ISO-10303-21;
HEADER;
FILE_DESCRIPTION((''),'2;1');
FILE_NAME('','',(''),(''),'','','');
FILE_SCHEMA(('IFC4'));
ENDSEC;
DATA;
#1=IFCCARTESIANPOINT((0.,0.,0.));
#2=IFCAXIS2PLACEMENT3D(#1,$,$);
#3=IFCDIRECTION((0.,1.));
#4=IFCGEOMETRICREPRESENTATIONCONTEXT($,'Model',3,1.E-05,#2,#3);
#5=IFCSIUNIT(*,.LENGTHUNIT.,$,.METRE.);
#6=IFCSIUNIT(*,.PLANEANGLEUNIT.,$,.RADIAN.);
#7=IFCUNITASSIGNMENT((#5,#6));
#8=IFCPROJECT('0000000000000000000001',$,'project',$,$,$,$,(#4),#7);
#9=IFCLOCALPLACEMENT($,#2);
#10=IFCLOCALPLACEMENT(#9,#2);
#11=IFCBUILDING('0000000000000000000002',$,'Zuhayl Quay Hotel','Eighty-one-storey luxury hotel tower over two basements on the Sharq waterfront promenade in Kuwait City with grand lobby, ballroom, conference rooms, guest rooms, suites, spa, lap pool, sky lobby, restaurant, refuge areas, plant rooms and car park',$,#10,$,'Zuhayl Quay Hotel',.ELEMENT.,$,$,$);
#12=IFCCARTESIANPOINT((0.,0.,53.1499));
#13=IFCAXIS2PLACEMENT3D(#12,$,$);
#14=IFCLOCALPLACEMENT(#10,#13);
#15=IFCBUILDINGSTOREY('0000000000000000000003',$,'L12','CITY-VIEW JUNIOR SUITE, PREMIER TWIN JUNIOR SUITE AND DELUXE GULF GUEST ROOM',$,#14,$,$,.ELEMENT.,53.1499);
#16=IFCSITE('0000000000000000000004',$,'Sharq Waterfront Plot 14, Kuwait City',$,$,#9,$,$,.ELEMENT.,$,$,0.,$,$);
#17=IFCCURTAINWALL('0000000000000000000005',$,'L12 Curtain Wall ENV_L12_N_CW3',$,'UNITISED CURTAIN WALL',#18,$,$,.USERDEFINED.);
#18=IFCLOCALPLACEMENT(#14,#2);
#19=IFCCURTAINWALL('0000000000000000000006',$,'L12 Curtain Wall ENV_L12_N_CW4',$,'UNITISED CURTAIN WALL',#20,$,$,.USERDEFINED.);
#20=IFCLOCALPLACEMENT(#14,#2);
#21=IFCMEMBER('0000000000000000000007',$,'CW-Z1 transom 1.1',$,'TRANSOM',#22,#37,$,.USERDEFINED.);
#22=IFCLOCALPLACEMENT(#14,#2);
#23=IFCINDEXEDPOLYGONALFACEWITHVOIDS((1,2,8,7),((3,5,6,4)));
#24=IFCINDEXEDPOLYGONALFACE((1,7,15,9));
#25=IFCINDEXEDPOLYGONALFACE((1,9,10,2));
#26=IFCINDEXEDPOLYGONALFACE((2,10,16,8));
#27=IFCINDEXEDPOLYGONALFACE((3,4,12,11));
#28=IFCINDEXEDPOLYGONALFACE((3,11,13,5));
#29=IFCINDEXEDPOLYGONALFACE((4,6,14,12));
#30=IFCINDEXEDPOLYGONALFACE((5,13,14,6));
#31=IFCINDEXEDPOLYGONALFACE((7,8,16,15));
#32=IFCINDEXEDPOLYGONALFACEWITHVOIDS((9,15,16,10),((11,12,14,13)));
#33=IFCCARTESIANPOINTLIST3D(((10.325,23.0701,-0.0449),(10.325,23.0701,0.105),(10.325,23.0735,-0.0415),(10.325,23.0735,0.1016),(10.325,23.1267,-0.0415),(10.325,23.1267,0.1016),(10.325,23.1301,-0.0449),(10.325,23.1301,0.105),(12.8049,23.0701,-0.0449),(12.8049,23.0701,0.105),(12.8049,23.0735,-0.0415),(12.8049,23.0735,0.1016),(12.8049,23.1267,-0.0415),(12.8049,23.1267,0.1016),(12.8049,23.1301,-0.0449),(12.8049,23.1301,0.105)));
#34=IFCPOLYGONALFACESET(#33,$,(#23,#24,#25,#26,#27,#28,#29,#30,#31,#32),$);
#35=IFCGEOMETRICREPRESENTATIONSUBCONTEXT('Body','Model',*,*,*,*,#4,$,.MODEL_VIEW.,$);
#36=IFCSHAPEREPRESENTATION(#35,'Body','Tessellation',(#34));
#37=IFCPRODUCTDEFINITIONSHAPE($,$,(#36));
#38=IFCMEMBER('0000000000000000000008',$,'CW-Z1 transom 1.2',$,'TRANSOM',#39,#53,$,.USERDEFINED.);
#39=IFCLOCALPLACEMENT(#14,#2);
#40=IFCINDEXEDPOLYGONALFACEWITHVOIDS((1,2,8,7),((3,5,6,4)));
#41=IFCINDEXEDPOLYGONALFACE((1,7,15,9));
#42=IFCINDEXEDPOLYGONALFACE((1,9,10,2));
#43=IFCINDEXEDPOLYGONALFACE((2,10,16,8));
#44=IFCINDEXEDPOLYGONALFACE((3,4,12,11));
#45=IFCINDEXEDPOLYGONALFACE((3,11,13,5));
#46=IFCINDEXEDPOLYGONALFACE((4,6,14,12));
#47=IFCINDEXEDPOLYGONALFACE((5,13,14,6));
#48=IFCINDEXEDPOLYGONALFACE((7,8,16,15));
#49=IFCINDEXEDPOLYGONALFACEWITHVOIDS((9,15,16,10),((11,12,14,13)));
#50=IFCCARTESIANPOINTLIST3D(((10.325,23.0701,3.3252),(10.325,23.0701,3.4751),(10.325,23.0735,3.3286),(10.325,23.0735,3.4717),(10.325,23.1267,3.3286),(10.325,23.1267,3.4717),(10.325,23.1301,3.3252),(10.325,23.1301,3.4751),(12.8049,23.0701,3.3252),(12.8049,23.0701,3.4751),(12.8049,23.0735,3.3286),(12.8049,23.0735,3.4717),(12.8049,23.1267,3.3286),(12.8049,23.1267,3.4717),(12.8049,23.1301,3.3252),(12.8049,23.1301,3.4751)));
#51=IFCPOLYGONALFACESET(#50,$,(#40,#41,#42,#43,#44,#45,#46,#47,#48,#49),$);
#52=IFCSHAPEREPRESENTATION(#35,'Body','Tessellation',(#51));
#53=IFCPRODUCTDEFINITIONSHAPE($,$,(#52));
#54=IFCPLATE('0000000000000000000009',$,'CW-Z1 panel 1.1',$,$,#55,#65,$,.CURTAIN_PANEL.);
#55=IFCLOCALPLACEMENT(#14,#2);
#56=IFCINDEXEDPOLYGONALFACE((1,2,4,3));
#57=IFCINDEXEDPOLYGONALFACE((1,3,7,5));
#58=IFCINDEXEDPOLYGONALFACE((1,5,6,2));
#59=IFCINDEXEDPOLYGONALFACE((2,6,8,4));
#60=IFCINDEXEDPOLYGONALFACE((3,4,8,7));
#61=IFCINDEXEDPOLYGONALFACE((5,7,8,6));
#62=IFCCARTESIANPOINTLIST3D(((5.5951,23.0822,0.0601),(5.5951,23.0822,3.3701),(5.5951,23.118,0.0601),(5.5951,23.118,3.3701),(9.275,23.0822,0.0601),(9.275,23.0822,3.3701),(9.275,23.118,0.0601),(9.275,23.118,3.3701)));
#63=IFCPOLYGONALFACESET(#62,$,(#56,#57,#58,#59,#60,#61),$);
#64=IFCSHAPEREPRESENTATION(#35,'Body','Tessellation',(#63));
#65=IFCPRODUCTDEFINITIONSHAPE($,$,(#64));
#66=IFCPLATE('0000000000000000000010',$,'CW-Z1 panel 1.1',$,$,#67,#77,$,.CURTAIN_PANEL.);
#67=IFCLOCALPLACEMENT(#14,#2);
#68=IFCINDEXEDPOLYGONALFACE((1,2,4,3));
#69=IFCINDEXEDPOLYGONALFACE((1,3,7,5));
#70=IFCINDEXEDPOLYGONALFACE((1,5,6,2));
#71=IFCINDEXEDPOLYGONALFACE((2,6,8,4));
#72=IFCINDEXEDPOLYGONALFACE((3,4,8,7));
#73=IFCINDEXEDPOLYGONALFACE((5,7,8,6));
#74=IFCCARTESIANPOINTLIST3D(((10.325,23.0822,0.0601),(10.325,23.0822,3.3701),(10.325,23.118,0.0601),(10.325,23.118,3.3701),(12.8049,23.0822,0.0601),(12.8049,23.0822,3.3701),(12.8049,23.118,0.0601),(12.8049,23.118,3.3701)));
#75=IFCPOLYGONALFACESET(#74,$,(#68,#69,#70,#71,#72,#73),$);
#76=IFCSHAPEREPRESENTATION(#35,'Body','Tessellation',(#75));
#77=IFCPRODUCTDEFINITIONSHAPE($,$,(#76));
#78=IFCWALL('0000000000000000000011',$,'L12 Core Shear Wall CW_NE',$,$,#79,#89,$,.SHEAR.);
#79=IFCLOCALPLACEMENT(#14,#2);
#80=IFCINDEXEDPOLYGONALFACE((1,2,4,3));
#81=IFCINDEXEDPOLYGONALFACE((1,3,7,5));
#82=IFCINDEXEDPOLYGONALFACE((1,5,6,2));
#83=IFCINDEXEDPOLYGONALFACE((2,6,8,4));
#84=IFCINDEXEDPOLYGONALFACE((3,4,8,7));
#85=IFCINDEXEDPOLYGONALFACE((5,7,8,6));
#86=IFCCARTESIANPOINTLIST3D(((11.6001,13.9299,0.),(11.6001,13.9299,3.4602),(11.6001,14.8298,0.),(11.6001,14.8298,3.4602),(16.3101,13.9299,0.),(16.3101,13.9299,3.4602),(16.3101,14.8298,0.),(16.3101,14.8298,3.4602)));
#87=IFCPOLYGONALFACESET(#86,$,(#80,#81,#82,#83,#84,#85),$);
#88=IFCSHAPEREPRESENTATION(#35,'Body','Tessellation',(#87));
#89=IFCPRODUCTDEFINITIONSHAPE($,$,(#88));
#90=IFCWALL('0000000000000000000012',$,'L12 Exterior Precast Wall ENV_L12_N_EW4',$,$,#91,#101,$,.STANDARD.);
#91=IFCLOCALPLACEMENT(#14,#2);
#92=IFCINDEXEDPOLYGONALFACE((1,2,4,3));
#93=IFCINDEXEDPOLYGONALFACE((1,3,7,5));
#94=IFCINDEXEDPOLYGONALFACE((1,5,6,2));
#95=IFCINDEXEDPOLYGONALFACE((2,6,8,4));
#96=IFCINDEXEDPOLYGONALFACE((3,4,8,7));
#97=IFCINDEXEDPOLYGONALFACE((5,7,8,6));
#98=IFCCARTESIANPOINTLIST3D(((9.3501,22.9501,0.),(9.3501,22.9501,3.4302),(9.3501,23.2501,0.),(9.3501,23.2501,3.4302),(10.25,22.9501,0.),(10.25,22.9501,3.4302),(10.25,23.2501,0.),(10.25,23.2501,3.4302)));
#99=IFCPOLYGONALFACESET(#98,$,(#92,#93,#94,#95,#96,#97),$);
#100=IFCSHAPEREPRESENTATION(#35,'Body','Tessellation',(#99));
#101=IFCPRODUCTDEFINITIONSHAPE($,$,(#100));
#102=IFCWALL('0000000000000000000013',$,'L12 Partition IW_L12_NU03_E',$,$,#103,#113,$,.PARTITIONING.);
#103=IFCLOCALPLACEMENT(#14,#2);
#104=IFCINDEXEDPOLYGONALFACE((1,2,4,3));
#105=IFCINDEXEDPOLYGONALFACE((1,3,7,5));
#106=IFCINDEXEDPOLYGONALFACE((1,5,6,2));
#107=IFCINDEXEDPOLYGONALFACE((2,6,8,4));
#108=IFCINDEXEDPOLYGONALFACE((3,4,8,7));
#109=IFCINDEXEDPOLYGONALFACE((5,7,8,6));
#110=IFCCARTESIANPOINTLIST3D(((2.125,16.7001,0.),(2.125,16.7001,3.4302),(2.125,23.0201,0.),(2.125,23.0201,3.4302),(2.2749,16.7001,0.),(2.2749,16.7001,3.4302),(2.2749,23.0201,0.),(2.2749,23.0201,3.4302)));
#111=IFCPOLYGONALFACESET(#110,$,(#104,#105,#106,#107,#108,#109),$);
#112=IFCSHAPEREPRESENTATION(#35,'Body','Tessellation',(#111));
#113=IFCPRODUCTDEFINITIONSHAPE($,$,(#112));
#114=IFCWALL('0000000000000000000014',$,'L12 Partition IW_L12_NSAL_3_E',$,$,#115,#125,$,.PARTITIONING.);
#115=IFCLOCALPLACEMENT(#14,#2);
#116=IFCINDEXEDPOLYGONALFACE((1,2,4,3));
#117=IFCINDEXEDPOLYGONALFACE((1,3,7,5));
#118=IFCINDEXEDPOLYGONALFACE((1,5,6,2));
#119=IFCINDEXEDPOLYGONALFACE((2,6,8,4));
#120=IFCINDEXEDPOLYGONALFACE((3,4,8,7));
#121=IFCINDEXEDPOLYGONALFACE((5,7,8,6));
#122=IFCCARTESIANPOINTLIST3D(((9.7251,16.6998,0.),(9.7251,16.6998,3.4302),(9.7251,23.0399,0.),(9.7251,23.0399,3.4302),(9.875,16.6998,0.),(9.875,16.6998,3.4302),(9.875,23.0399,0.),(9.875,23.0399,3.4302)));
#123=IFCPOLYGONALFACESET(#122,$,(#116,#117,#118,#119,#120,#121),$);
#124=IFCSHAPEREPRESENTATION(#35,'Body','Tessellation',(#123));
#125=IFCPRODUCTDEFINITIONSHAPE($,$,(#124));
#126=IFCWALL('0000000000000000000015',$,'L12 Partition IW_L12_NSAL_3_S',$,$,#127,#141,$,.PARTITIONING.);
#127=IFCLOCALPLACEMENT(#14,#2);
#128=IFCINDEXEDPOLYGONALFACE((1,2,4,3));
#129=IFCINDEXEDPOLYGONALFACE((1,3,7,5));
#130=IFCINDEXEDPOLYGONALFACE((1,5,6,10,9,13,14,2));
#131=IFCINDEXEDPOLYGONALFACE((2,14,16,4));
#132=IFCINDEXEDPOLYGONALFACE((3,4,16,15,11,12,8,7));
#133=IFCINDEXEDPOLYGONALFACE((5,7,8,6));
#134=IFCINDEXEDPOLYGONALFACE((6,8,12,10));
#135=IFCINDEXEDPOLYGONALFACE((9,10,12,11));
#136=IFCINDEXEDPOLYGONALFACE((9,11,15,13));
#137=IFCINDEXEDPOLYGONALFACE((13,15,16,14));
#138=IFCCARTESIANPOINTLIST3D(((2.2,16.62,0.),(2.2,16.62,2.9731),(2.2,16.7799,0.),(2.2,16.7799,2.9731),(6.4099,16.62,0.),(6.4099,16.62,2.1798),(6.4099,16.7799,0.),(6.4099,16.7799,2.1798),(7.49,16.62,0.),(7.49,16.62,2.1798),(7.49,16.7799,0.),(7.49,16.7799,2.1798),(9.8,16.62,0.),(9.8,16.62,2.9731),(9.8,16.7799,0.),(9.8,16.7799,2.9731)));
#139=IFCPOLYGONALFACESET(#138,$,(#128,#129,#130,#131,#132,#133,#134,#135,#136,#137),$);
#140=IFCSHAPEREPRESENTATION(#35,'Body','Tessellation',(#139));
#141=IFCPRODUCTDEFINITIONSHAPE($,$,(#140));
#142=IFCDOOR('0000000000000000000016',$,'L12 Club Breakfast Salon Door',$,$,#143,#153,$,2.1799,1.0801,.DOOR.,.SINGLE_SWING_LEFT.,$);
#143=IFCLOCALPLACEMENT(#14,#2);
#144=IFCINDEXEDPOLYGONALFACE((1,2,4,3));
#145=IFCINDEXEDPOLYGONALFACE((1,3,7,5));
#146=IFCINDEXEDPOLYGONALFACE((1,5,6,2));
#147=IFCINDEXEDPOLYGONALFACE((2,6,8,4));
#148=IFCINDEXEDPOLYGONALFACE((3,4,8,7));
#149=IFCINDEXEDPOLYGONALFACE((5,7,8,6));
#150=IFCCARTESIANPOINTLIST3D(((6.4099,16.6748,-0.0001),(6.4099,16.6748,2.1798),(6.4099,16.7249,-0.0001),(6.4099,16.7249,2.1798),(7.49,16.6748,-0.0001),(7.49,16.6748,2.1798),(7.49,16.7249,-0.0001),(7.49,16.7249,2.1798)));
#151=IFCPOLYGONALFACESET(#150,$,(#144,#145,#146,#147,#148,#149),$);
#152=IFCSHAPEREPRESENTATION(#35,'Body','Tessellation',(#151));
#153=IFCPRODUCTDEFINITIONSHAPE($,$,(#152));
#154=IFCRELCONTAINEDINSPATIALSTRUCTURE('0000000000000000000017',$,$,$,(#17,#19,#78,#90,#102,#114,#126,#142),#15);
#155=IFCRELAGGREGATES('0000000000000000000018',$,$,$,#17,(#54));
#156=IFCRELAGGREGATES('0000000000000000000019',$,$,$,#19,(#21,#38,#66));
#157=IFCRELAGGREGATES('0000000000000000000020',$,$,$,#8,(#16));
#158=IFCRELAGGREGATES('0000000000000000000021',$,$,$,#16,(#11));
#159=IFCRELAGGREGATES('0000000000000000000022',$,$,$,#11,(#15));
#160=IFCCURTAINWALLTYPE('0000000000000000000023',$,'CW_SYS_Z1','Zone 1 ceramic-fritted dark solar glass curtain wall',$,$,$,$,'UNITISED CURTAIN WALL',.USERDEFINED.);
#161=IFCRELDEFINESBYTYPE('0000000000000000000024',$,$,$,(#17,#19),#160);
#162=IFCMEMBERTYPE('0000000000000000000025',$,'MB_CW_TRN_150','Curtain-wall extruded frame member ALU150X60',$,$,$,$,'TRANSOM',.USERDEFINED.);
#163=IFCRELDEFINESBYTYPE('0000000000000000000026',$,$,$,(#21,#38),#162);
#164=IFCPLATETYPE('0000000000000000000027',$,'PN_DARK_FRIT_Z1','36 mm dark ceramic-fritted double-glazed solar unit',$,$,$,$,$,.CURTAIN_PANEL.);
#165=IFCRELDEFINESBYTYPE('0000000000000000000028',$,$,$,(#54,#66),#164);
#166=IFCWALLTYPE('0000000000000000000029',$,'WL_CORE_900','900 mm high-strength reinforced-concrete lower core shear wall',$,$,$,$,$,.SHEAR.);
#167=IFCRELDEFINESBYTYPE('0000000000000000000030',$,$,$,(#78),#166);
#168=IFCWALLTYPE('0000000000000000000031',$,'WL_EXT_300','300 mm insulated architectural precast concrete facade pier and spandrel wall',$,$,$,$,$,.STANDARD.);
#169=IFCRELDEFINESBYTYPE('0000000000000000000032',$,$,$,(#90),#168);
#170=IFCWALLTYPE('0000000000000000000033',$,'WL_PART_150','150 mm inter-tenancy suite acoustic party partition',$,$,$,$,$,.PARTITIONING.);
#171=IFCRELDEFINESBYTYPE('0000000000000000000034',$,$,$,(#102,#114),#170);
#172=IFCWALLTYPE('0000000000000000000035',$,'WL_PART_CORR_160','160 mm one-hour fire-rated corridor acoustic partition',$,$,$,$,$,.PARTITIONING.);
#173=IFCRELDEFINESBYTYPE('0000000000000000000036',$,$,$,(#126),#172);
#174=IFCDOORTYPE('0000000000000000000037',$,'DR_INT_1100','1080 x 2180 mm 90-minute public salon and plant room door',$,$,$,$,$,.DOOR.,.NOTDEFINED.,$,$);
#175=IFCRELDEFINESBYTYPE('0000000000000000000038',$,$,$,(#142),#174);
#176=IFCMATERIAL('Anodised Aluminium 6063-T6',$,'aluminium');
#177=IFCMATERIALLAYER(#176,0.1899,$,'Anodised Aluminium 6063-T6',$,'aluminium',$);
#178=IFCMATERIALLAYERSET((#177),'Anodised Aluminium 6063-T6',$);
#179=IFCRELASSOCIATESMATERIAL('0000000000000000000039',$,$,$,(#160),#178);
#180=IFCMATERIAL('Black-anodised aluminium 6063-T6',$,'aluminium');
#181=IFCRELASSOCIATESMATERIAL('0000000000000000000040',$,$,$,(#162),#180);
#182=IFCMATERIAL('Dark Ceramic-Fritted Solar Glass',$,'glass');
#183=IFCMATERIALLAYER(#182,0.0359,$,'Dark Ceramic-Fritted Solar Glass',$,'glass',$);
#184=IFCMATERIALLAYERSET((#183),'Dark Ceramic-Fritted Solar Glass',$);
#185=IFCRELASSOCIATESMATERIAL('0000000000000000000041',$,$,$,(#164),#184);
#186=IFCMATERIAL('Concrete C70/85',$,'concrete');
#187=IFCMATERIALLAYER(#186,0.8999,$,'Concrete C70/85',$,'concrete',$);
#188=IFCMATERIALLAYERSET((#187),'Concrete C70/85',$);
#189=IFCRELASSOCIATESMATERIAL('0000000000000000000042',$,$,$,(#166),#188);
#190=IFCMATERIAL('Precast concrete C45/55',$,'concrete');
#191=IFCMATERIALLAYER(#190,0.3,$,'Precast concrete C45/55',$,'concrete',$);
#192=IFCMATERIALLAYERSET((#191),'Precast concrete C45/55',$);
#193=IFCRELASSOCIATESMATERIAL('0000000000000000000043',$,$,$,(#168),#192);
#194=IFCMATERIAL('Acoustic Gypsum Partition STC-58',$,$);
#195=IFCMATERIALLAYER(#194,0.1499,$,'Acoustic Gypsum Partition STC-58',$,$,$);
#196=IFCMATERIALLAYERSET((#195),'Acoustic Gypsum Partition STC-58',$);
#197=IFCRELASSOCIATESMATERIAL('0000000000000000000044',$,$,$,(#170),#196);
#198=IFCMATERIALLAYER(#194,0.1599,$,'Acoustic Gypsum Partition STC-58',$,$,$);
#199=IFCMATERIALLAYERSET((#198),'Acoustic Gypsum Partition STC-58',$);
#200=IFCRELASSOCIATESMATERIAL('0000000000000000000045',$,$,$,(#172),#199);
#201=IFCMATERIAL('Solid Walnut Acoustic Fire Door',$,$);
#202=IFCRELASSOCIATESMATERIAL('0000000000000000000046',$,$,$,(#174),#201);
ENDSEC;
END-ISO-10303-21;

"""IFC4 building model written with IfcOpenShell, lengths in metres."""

from ifc_helpers import new_model, si_unit, direction, frame, frame_2d, origin, origin_2d, place, context, subcontext, project, spatial, rectangle, hollow_rectangle, extrude, material, layer, layer_set, material_profile, profile_set, type_object, element, fill, aggregate, save


model = new_model("IFC4")

# Units and contexts
model_context = context("Model", 3, precision=1e-05, world=origin(), true_north=direction((0.0, 1.0)))
body_context = subcontext(model_context, "Body", "Model", "MODEL_VIEW")
ifc_project = project(units=[si_unit("LENGTHUNIT", "METRE"), si_unit("PLANEANGLEUNIT", "RADIAN")], contexts=[model_context])

# Site, building, storey
site_placement = place(None, origin())
site = spatial("IfcSite", under=ifc_project, at=site_placement, Name="Sharq Waterfront Plot 14, Kuwait City", CompositionType="ELEMENT", RefElevation=0.0)
building_placement = place(site_placement, origin())
building = spatial("IfcBuilding", under=site, at=building_placement, Name="Zuhayl Quay Hotel", Description="Eighty-one-storey luxury hotel tower over two basements on the Sharq waterfront promenade in Kuwait City with grand lobby, ballroom, conference rooms, guest rooms, suites, spa, lap pool, sky lobby, restaurant, refuge areas, plant rooms and car park", LongName="Zuhayl Quay Hotel", CompositionType="ELEMENT")
storey_placement = place(building_placement, frame((0.0, 0.0, 53.1499)))
storey = spatial("IfcBuildingStorey", under=building, at=storey_placement, Name="L12", Description="CITY-VIEW JUNIOR SUITE, PREMIER TWIN JUNIOR SUITE AND DELUXE GULF GUEST ROOM", CompositionType="ELEMENT", Elevation=53.1499)

# Shared definitions
ifc_material_1 = material(Name="Concrete C70/85", Category="concrete")

# Curtain wall
ifc_material_2 = material(Name="Anodised Aluminium 6063-T6", Category="aluminium")
ifc_layer_1 = layer(ifc_material_2, 0.1899, Name="Anodised Aluminium 6063-T6", Category="aluminium")
ifc_layer_set_1 = layer_set([ifc_layer_1], Name="Anodised Aluminium 6063-T6")
curtain_wall_type = type_object("IfcCurtainWallType", Name="CW_SYS_Z1", Description="Zone 1 ceramic-fritted dark solar glass curtain wall", ElementType="UNITISED CURTAIN WALL", PredefinedType="USERDEFINED", material=ifc_layer_set_1)
curtain_wall_1_placement = place(storey_placement, origin())
curtain_wall_1 = element("IfcCurtainWall", 1, at=curtain_wall_1_placement, inside=storey, type_object=curtain_wall_type, Name="L12 Curtain Wall ENV_L12_N_CW3", ObjectType="UNITISED CURTAIN WALL", PredefinedType="USERDEFINED")
ifc_material_3 = material(Name="Black-anodised aluminium 6063-T6", Category="aluminium")

# Curtain wall
curtain_wall_2_placement = place(storey_placement, origin())
curtain_wall_2 = element("IfcCurtainWall", 2, at=curtain_wall_2_placement, inside=storey, type_object=curtain_wall_type, Name="L12 Curtain Wall ENV_L12_N_CW4", ObjectType="UNITISED CURTAIN WALL", PredefinedType="USERDEFINED")

# Members
ifc_material_profile_1 = material_profile(ifc_material_3, hollow_rectangle(XDim=0.0601, YDim=0.1499, WallThickness=0.0034, at=origin_2d()), Name="ALU150X60")
ifc_profile_set_1 = profile_set([ifc_material_profile_1], Name="Black-anodised aluminium 6063-T6")
member_type_1 = type_object("IfcMemberType", Name="MB_CW_TRN_150", Description="Curtain-wall extruded frame member ALU150X60", ElementType="TRANSOM", PredefinedType="USERDEFINED", material=ifc_profile_set_1)
member_1_placement = place(storey_placement, frame((10.325, 23.1001, 0.03), z_axis=(1.0, 0.0, 0.0), x_axis=(0.0, 1.0, 0.0)))
member_1 = element("IfcMember", 3, at=member_1_placement, type_object=member_type_1, Name="CW-Z1 transom 1.1", ObjectType="TRANSOM", PredefinedType="USERDEFINED", context=body_context, shape_type="SweptSolid", body=[
    extrude(hollow_rectangle(XDim=0.0601, YDim=0.1499, WallThickness=0.0034, at=origin_2d()), origin(), (0.0, 0.0, 1.0), 2.48),
])
member_2_placement = place(storey_placement, frame((10.325, 23.1001, 3.4001), z_axis=(1.0, 0.0, 0.0), x_axis=(0.0, 1.0, 0.0)))
member_2 = element("IfcMember", 4, at=member_2_placement, type_object=member_type_1, Name="CW-Z1 transom 1.2", ObjectType="TRANSOM", PredefinedType="USERDEFINED", context=body_context, shape_type="SweptSolid", body=[
    extrude(hollow_rectangle(XDim=0.0601, YDim=0.1499, WallThickness=0.0034, at=origin_2d()), origin(), (0.0, 0.0, 1.0), 2.48),
])

# Plates
ifc_material_4 = material(Name="Dark Ceramic-Fritted Solar Glass", Category="glass")
ifc_layer_2 = layer(ifc_material_4, 0.0359, Name="Dark Ceramic-Fritted Solar Glass", Category="glass")
ifc_layer_set_2 = layer_set([ifc_layer_2], Name="Dark Ceramic-Fritted Solar Glass")
plate_type = type_object("IfcPlateType", Name="PN_DARK_FRIT_Z1", Description="36 mm dark ceramic-fritted double-glazed solar unit", PredefinedType="CURTAIN_PANEL", material=ifc_layer_set_2)
plate_1_placement = place(storey_placement, frame((7.4351, 23.1001, 0.0601), z_axis=(0.0, 0.0, 1.0), x_axis=(1.0, 0.0, 0.0)))
plate_1 = element("IfcPlate", 5, at=plate_1_placement, type_object=plate_type, Name="CW-Z1 panel 1.1", PredefinedType="CURTAIN_PANEL", context=body_context, shape_type="SweptSolid", body=[
    extrude(rectangle(XDim=3.6799, YDim=0.0359, at=origin_2d()), origin(), (0.0, 0.0, 1.0), 3.3101),
])
aggregate(curtain_wall_1, [plate_1])
plate_2_placement = place(storey_placement, frame((11.5649, 23.1001, 0.0601), z_axis=(0.0, 0.0, 1.0), x_axis=(1.0, 0.0, 0.0)))
plate_2 = element("IfcPlate", 6, at=plate_2_placement, type_object=plate_type, Name="CW-Z1 panel 1.1", PredefinedType="CURTAIN_PANEL", context=body_context, shape_type="SweptSolid", body=[
    extrude(rectangle(XDim=2.48, YDim=0.0359, at=origin_2d()), origin(), (0.0, 0.0, 1.0), 3.3101),
])
aggregate(curtain_wall_2, [member_1, member_2, plate_2])

# Walls
ifc_layer_3 = layer(ifc_material_1, 0.8999, Name="Concrete C70/85", Category="concrete")
ifc_layer_set_3 = layer_set([ifc_layer_3], Name="Concrete C70/85")
wall_type_1 = type_object("IfcWallType", Name="WL_CORE_900", Description="900 mm high-strength reinforced-concrete lower core shear wall", PredefinedType="SHEAR", material=ifc_layer_set_3)
wall_1_placement = place(storey_placement, frame((11.6001, 14.3799, 0.0), z_axis=(0.0, 0.0, 1.0), x_axis=(1.0, 0.0, 0.0)))
element("IfcWall", 7, at=wall_1_placement, inside=storey, type_object=wall_type_1, Name="L12 Core Shear Wall CW_NE", PredefinedType="SHEAR", context=body_context, shape_type="SweptSolid", body=[
    extrude(rectangle(XDim=4.71, YDim=0.8999, at=frame_2d((2.355, 0.0))), origin(), (0.0, 0.0, 1.0), 3.4602),
])
ifc_material_5 = material(Name="Precast concrete C45/55", Category="concrete")
ifc_layer_4 = layer(ifc_material_5, 0.3, Name="Precast concrete C45/55", Category="concrete")
ifc_layer_set_4 = layer_set([ifc_layer_4], Name="Precast concrete C45/55")
wall_type_2 = type_object("IfcWallType", Name="WL_EXT_300", Description="300 mm insulated architectural precast concrete facade pier and spandrel wall", PredefinedType="STANDARD", material=ifc_layer_set_4)
wall_2_placement = place(storey_placement, frame((9.3501, 23.1001, 0.0), z_axis=(0.0, 0.0, 1.0), x_axis=(1.0, 0.0, 0.0)))
element("IfcWall", 8, at=wall_2_placement, inside=storey, type_object=wall_type_2, Name="L12 Exterior Precast Wall ENV_L12_N_EW4", PredefinedType="STANDARD", context=body_context, shape_type="SweptSolid", body=[
    extrude(rectangle(XDim=0.8999, YDim=0.3, at=frame_2d((0.45, 0.0))), origin(), (0.0, 0.0, 1.0), 3.4302),
])
ifc_material_6 = material(Name="Acoustic Gypsum Partition STC-58")
ifc_layer_5 = layer(ifc_material_6, 0.1499, Name="Acoustic Gypsum Partition STC-58")
ifc_layer_set_5 = layer_set([ifc_layer_5], Name="Acoustic Gypsum Partition STC-58")
wall_type_3 = type_object("IfcWallType", Name="WL_PART_150", Description="150 mm inter-tenancy suite acoustic party partition", PredefinedType="PARTITIONING", material=ifc_layer_set_5)
wall_3_placement = place(storey_placement, frame((2.2, 16.7, 0.0), z_axis=(0.0, 0.0, 1.0), x_axis=(0.0, 1.0, 0.0)))
element("IfcWall", 9, at=wall_3_placement, inside=storey, type_object=wall_type_3, Name="L12 Partition IW_L12_NU03_E", PredefinedType="PARTITIONING", context=body_context, shape_type="SweptSolid", body=[
    extrude(rectangle(XDim=6.3201, YDim=0.1499, at=frame_2d((3.1602, 0.0))), origin(), (0.0, 0.0, 1.0), 3.4302),
])
wall_4_placement = place(storey_placement, frame((9.8, 16.7, 0.0), z_axis=(0.0, 0.0, 1.0), x_axis=(0.0, 1.0, 0.0)))
element("IfcWall", 10, at=wall_4_placement, inside=storey, type_object=wall_type_3, Name="L12 Partition IW_L12_NSAL_3_E", PredefinedType="PARTITIONING", context=body_context, shape_type="SweptSolid", body=[
    extrude(rectangle(XDim=6.3401, YDim=0.1499, at=frame_2d((3.1699, 0.0))), origin(), (0.0, 0.0, 1.0), 3.4302),
])

# Wall, opening, door
ifc_layer_6 = layer(ifc_material_6, 0.1599, Name="Acoustic Gypsum Partition STC-58")
ifc_layer_set_6 = layer_set([ifc_layer_6], Name="Acoustic Gypsum Partition STC-58")
wall_type_4 = type_object("IfcWallType", Name="WL_PART_CORR_160", Description="160 mm one-hour fire-rated corridor acoustic partition", PredefinedType="PARTITIONING", material=ifc_layer_set_6)
wall_5_placement = place(storey_placement, frame((2.2, 16.7, 0.0), z_axis=(0.0, 0.0, 1.0), x_axis=(1.0, 0.0, 0.0)))
wall_5 = element("IfcWall", 11, at=wall_5_placement, inside=storey, type_object=wall_type_4, Name="L12 Partition IW_L12_NSAL_3_S", PredefinedType="PARTITIONING", context=body_context, shape_type="SweptSolid", body=[
    extrude(rectangle(XDim=7.6001, YDim=0.1599, at=frame_2d((3.8, 0.0))), origin(), (0.0, 0.0, 1.0), 2.9731),
])
opening_1_placement = place(wall_5_placement, frame((4.21, 0.0, 0.0)))
opening_1 = element("IfcOpeningElement", 12, at=opening_1_placement, cuts=wall_5, PredefinedType="OPENING", context=body_context, shape_type="SweptSolid", body=[
    extrude(rectangle(XDim=1.0801, YDim=2.1799, at=frame_2d((0.54, 1.0898))), frame((0.0, 0.0898, 0.0), z_axis=(0.0, -1.0, 0.0), x_axis=(1.0, 0.0, 0.0)), (0.0, 0.0, 1.0), 0.1799),
])
ifc_material_7 = material(Name="Solid Walnut Acoustic Fire Door")
door_type_1 = type_object("IfcDoorType", Name="DR_INT_1100", Description="1080 x 2180 mm 90-minute public salon and plant room door", OperationType="NOTDEFINED", PredefinedType="DOOR", material=ifc_material_7)
door_1_placement = place(opening_1_placement, origin())
door_1 = element("IfcDoor", 13, at=door_1_placement, inside=storey, type_object=door_type_1, Name="L12 Club Breakfast Salon Door", OperationType="SINGLE_SWING_LEFT", OverallHeight=2.1799, OverallWidth=1.0801, PredefinedType="DOOR", context=body_context, shape_type="SweptSolid", body=[
    extrude(rectangle(XDim=1.0801, YDim=2.1799, at=frame_2d((0.54, 1.0898))), frame((0.0, 0.0249, 0.0), z_axis=(0.0, -1.0, 0.0), x_axis=(1.0, 0.0, 0.0)), (0.0, 0.0, 1.0), 0.05),
])
fill(opening_1, door_1)

save(model, "model.ifc")
